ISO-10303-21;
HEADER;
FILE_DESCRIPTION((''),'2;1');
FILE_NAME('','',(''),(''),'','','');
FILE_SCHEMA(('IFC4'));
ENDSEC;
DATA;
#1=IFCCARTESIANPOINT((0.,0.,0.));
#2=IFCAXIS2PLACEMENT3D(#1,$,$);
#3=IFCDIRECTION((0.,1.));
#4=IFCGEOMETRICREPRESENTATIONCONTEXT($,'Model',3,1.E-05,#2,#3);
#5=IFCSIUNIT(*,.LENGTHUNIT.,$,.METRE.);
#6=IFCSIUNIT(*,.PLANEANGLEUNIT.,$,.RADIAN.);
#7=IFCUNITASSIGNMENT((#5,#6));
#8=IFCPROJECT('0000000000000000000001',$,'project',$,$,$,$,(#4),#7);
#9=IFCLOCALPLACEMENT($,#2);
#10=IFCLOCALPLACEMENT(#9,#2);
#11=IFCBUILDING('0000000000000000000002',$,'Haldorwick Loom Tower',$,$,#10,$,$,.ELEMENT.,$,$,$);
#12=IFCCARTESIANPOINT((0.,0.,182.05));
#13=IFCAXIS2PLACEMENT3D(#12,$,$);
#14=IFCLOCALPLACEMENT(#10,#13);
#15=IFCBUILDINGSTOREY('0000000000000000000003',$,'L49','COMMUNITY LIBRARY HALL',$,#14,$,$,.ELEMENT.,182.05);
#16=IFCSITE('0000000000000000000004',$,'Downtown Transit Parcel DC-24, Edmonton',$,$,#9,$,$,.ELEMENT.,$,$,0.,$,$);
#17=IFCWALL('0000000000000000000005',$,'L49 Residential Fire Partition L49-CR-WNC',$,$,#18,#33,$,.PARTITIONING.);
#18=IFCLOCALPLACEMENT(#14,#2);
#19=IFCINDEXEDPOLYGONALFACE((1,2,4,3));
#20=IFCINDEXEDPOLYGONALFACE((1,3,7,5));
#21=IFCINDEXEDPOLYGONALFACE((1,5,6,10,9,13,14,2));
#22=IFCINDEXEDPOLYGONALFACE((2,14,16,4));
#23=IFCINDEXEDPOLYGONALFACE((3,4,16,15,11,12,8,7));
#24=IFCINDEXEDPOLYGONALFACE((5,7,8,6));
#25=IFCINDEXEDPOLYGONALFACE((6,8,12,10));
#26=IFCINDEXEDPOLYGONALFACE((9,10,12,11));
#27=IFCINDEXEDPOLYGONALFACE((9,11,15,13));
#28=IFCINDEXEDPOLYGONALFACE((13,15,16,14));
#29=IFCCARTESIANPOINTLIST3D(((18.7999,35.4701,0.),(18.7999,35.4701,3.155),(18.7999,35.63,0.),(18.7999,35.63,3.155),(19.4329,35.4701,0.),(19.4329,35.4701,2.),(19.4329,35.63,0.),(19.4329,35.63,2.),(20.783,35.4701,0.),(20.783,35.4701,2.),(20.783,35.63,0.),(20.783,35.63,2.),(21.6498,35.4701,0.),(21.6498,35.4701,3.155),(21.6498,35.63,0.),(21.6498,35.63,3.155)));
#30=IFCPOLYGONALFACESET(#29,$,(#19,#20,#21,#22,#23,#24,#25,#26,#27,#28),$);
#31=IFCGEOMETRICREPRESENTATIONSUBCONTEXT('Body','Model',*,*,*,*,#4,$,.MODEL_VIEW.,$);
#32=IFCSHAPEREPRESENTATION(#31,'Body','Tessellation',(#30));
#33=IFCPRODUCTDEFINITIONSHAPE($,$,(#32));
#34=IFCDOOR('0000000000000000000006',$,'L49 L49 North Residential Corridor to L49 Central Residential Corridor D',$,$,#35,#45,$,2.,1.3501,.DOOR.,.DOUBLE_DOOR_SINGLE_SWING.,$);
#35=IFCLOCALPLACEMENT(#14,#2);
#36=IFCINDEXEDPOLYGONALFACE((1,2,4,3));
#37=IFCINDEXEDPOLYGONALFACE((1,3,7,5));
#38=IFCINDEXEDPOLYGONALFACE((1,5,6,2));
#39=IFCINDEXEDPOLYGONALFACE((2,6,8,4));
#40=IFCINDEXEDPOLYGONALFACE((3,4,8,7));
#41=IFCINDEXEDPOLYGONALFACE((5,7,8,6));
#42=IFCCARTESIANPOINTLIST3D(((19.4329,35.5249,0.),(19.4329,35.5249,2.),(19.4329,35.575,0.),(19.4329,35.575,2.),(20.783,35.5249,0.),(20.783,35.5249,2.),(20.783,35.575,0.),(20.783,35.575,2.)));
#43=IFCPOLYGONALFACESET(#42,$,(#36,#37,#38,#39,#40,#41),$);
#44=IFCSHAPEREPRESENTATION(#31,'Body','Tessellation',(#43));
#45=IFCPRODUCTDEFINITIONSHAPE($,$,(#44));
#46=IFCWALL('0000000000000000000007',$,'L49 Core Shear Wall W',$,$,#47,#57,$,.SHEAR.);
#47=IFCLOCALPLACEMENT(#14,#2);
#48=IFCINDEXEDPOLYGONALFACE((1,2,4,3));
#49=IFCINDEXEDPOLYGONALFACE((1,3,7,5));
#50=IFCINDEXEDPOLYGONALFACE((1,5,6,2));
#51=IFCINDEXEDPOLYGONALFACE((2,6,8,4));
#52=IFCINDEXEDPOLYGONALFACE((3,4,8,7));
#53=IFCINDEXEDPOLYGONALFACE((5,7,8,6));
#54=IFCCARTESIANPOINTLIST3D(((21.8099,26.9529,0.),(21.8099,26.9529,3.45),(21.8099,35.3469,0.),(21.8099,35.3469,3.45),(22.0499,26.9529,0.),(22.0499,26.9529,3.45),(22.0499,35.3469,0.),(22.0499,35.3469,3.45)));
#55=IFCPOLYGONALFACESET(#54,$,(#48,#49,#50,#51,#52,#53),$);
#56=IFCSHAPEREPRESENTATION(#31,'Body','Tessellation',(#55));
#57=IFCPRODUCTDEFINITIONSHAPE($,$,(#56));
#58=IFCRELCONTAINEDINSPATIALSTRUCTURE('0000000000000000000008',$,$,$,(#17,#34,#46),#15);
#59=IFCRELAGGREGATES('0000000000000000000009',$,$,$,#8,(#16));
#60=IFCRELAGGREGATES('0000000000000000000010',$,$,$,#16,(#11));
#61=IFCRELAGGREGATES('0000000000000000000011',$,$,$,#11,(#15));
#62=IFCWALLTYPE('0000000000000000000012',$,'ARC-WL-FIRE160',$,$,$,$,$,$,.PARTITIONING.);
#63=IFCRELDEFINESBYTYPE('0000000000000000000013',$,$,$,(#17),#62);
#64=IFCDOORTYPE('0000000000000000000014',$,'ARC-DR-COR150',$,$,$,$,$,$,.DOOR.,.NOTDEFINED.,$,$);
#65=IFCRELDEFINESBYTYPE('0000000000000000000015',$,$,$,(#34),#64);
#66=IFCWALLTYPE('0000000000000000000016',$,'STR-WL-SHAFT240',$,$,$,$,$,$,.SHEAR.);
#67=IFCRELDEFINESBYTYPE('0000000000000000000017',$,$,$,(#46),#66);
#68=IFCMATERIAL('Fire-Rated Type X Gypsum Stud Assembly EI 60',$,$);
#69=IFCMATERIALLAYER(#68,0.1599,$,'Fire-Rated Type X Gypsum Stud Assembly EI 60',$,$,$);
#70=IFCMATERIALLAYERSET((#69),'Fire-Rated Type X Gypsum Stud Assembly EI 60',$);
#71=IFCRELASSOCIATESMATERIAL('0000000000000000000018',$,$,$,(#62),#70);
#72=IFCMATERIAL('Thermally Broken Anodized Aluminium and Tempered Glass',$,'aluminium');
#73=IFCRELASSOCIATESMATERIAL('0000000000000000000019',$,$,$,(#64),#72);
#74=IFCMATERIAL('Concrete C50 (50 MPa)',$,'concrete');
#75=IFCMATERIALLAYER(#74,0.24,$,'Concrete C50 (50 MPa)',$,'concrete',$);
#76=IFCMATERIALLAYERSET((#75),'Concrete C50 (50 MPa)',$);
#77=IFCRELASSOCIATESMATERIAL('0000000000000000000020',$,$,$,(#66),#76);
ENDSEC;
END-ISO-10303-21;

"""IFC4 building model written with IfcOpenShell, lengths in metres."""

from ifc_helpers import new_model, si_unit, direction, frame, frame_2d, origin, place, context, subcontext, project, spatial, rectangle, extrude, material, layer, layer_set, type_object, element, fill, save


model = new_model("IFC4")

# Units and contexts
model_context = context("Model", 3, precision=1e-05, world=origin(), true_north=direction((0.0, 1.0)))
body_context = subcontext(model_context, "Body", "Model", "MODEL_VIEW")
ifc_project = project(units=[si_unit("LENGTHUNIT", "METRE"), si_unit("PLANEANGLEUNIT", "RADIAN")], contexts=[model_context])

# Site, building, storey
site_placement = place(None, origin())
site = spatial("IfcSite", under=ifc_project, at=site_placement, Name="Downtown Transit Parcel DC-24, Edmonton", CompositionType="ELEMENT", RefElevation=0.0)
building_placement = place(site_placement, origin())
building = spatial("IfcBuilding", under=site, at=building_placement, Name="Haldorwick Loom Tower", CompositionType="ELEMENT")
storey_placement = place(building_placement, frame((0.0, 0.0, 182.05)))
storey = spatial("IfcBuildingStorey", under=building, at=storey_placement, Name="L49", Description="COMMUNITY LIBRARY HALL", CompositionType="ELEMENT", Elevation=182.05)

# Shared definitions
ifc_material_1 = material(Name="Concrete C50 (50 MPa)", Category="concrete")

# Shared definitions
ifc_material_2 = material(Name="Fire-Rated Type X Gypsum Stud Assembly EI 60")
ifc_layer_1 = layer(ifc_material_2, 0.1599, Name="Fire-Rated Type X Gypsum Stud Assembly EI 60")
ifc_layer_set_1 = layer_set([ifc_layer_1], Name="Fire-Rated Type X Gypsum Stud Assembly EI 60")
wall_type_1 = type_object("IfcWallType", Name="ARC-WL-FIRE160", PredefinedType="PARTITIONING", material=ifc_layer_set_1)

# Wall, opening, door
wall_1_placement = place(storey_placement, frame((18.8, 35.55, 0.0), z_axis=(0.0, 0.0, 1.0), x_axis=(1.0, 0.0, 0.0)))
wall_1 = element("IfcWall", 1, at=wall_1_placement, inside=storey, type_object=wall_type_1, Name="L49 Residential Fire Partition L49-CR-WNC", PredefinedType="PARTITIONING", context=body_context, shape_type="SweptSolid", body=[
    extrude(rectangle(XDim=2.8499, YDim=0.1599, at=frame_2d((1.4248, 0.0))), origin(), (0.0, 0.0, 1.0), 3.155),
])
opening_1_placement = place(wall_1_placement, frame((0.6328, 0.0, 0.0)))
opening_1 = element("IfcOpeningElement", 2, at=opening_1_placement, cuts=wall_1, PredefinedType="OPENING", context=body_context, shape_type="SweptSolid", body=[
    extrude(rectangle(XDim=1.3501, YDim=2.0, at=frame_2d((0.675, 1.0))), frame((0.0, 0.0898, 0.0), z_axis=(0.0, -1.0, 0.0), x_axis=(1.0, 0.0, 0.0)), (0.0, 0.0, 1.0), 0.1799),
])
ifc_material_3 = material(Name="Thermally Broken Anodized Aluminium and Tempered Glass", Category="aluminium")
door_type_1 = type_object("IfcDoorType", Name="ARC-DR-COR150", OperationType="NOTDEFINED", PredefinedType="DOOR", material=ifc_material_3)
door_1_placement = place(opening_1_placement, origin())
door_1 = element("IfcDoor", 3, at=door_1_placement, inside=storey, type_object=door_type_1, Name="L49 L49 North Residential Corridor to L49 Central Residential Corridor D", OperationType="DOUBLE_DOOR_SINGLE_SWING", OverallHeight=2.0, OverallWidth=1.3501, PredefinedType="DOOR", context=body_context, shape_type="SweptSolid", body=[
    extrude(rectangle(XDim=1.3501, YDim=2.0, at=frame_2d((0.675, 1.0))), frame((0.0, 0.0249, 0.0), z_axis=(0.0, -1.0, 0.0), x_axis=(1.0, 0.0, 0.0)), (0.0, 0.0, 1.0), 0.05),
])
fill(opening_1, door_1)

# Wall
ifc_layer_2 = layer(ifc_material_1, 0.24, Name="Concrete C50 (50 MPa)", Category="concrete")
ifc_layer_set_2 = layer_set([ifc_layer_2], Name="Concrete C50 (50 MPa)")
wall_type_2 = type_object("IfcWallType", Name="STR-WL-SHAFT240", PredefinedType="SHEAR", material=ifc_layer_set_2)
wall_2_placement = place(storey_placement, frame((21.9299, 35.3469, 0.0), z_axis=(0.0, 0.0, 1.0), x_axis=(0.0, -1.0, 0.0)))
element("IfcWall", 4, at=wall_2_placement, inside=storey, type_object=wall_type_2, Name="L49 Core Shear Wall W", PredefinedType="SHEAR", context=body_context, shape_type="SweptSolid", body=[
    extrude(rectangle(XDim=8.394, YDim=0.24, at=frame_2d((4.197, 0.0))), origin(), (0.0, 0.0, 1.0), 3.45),
])

save(model, "model.ifc")
